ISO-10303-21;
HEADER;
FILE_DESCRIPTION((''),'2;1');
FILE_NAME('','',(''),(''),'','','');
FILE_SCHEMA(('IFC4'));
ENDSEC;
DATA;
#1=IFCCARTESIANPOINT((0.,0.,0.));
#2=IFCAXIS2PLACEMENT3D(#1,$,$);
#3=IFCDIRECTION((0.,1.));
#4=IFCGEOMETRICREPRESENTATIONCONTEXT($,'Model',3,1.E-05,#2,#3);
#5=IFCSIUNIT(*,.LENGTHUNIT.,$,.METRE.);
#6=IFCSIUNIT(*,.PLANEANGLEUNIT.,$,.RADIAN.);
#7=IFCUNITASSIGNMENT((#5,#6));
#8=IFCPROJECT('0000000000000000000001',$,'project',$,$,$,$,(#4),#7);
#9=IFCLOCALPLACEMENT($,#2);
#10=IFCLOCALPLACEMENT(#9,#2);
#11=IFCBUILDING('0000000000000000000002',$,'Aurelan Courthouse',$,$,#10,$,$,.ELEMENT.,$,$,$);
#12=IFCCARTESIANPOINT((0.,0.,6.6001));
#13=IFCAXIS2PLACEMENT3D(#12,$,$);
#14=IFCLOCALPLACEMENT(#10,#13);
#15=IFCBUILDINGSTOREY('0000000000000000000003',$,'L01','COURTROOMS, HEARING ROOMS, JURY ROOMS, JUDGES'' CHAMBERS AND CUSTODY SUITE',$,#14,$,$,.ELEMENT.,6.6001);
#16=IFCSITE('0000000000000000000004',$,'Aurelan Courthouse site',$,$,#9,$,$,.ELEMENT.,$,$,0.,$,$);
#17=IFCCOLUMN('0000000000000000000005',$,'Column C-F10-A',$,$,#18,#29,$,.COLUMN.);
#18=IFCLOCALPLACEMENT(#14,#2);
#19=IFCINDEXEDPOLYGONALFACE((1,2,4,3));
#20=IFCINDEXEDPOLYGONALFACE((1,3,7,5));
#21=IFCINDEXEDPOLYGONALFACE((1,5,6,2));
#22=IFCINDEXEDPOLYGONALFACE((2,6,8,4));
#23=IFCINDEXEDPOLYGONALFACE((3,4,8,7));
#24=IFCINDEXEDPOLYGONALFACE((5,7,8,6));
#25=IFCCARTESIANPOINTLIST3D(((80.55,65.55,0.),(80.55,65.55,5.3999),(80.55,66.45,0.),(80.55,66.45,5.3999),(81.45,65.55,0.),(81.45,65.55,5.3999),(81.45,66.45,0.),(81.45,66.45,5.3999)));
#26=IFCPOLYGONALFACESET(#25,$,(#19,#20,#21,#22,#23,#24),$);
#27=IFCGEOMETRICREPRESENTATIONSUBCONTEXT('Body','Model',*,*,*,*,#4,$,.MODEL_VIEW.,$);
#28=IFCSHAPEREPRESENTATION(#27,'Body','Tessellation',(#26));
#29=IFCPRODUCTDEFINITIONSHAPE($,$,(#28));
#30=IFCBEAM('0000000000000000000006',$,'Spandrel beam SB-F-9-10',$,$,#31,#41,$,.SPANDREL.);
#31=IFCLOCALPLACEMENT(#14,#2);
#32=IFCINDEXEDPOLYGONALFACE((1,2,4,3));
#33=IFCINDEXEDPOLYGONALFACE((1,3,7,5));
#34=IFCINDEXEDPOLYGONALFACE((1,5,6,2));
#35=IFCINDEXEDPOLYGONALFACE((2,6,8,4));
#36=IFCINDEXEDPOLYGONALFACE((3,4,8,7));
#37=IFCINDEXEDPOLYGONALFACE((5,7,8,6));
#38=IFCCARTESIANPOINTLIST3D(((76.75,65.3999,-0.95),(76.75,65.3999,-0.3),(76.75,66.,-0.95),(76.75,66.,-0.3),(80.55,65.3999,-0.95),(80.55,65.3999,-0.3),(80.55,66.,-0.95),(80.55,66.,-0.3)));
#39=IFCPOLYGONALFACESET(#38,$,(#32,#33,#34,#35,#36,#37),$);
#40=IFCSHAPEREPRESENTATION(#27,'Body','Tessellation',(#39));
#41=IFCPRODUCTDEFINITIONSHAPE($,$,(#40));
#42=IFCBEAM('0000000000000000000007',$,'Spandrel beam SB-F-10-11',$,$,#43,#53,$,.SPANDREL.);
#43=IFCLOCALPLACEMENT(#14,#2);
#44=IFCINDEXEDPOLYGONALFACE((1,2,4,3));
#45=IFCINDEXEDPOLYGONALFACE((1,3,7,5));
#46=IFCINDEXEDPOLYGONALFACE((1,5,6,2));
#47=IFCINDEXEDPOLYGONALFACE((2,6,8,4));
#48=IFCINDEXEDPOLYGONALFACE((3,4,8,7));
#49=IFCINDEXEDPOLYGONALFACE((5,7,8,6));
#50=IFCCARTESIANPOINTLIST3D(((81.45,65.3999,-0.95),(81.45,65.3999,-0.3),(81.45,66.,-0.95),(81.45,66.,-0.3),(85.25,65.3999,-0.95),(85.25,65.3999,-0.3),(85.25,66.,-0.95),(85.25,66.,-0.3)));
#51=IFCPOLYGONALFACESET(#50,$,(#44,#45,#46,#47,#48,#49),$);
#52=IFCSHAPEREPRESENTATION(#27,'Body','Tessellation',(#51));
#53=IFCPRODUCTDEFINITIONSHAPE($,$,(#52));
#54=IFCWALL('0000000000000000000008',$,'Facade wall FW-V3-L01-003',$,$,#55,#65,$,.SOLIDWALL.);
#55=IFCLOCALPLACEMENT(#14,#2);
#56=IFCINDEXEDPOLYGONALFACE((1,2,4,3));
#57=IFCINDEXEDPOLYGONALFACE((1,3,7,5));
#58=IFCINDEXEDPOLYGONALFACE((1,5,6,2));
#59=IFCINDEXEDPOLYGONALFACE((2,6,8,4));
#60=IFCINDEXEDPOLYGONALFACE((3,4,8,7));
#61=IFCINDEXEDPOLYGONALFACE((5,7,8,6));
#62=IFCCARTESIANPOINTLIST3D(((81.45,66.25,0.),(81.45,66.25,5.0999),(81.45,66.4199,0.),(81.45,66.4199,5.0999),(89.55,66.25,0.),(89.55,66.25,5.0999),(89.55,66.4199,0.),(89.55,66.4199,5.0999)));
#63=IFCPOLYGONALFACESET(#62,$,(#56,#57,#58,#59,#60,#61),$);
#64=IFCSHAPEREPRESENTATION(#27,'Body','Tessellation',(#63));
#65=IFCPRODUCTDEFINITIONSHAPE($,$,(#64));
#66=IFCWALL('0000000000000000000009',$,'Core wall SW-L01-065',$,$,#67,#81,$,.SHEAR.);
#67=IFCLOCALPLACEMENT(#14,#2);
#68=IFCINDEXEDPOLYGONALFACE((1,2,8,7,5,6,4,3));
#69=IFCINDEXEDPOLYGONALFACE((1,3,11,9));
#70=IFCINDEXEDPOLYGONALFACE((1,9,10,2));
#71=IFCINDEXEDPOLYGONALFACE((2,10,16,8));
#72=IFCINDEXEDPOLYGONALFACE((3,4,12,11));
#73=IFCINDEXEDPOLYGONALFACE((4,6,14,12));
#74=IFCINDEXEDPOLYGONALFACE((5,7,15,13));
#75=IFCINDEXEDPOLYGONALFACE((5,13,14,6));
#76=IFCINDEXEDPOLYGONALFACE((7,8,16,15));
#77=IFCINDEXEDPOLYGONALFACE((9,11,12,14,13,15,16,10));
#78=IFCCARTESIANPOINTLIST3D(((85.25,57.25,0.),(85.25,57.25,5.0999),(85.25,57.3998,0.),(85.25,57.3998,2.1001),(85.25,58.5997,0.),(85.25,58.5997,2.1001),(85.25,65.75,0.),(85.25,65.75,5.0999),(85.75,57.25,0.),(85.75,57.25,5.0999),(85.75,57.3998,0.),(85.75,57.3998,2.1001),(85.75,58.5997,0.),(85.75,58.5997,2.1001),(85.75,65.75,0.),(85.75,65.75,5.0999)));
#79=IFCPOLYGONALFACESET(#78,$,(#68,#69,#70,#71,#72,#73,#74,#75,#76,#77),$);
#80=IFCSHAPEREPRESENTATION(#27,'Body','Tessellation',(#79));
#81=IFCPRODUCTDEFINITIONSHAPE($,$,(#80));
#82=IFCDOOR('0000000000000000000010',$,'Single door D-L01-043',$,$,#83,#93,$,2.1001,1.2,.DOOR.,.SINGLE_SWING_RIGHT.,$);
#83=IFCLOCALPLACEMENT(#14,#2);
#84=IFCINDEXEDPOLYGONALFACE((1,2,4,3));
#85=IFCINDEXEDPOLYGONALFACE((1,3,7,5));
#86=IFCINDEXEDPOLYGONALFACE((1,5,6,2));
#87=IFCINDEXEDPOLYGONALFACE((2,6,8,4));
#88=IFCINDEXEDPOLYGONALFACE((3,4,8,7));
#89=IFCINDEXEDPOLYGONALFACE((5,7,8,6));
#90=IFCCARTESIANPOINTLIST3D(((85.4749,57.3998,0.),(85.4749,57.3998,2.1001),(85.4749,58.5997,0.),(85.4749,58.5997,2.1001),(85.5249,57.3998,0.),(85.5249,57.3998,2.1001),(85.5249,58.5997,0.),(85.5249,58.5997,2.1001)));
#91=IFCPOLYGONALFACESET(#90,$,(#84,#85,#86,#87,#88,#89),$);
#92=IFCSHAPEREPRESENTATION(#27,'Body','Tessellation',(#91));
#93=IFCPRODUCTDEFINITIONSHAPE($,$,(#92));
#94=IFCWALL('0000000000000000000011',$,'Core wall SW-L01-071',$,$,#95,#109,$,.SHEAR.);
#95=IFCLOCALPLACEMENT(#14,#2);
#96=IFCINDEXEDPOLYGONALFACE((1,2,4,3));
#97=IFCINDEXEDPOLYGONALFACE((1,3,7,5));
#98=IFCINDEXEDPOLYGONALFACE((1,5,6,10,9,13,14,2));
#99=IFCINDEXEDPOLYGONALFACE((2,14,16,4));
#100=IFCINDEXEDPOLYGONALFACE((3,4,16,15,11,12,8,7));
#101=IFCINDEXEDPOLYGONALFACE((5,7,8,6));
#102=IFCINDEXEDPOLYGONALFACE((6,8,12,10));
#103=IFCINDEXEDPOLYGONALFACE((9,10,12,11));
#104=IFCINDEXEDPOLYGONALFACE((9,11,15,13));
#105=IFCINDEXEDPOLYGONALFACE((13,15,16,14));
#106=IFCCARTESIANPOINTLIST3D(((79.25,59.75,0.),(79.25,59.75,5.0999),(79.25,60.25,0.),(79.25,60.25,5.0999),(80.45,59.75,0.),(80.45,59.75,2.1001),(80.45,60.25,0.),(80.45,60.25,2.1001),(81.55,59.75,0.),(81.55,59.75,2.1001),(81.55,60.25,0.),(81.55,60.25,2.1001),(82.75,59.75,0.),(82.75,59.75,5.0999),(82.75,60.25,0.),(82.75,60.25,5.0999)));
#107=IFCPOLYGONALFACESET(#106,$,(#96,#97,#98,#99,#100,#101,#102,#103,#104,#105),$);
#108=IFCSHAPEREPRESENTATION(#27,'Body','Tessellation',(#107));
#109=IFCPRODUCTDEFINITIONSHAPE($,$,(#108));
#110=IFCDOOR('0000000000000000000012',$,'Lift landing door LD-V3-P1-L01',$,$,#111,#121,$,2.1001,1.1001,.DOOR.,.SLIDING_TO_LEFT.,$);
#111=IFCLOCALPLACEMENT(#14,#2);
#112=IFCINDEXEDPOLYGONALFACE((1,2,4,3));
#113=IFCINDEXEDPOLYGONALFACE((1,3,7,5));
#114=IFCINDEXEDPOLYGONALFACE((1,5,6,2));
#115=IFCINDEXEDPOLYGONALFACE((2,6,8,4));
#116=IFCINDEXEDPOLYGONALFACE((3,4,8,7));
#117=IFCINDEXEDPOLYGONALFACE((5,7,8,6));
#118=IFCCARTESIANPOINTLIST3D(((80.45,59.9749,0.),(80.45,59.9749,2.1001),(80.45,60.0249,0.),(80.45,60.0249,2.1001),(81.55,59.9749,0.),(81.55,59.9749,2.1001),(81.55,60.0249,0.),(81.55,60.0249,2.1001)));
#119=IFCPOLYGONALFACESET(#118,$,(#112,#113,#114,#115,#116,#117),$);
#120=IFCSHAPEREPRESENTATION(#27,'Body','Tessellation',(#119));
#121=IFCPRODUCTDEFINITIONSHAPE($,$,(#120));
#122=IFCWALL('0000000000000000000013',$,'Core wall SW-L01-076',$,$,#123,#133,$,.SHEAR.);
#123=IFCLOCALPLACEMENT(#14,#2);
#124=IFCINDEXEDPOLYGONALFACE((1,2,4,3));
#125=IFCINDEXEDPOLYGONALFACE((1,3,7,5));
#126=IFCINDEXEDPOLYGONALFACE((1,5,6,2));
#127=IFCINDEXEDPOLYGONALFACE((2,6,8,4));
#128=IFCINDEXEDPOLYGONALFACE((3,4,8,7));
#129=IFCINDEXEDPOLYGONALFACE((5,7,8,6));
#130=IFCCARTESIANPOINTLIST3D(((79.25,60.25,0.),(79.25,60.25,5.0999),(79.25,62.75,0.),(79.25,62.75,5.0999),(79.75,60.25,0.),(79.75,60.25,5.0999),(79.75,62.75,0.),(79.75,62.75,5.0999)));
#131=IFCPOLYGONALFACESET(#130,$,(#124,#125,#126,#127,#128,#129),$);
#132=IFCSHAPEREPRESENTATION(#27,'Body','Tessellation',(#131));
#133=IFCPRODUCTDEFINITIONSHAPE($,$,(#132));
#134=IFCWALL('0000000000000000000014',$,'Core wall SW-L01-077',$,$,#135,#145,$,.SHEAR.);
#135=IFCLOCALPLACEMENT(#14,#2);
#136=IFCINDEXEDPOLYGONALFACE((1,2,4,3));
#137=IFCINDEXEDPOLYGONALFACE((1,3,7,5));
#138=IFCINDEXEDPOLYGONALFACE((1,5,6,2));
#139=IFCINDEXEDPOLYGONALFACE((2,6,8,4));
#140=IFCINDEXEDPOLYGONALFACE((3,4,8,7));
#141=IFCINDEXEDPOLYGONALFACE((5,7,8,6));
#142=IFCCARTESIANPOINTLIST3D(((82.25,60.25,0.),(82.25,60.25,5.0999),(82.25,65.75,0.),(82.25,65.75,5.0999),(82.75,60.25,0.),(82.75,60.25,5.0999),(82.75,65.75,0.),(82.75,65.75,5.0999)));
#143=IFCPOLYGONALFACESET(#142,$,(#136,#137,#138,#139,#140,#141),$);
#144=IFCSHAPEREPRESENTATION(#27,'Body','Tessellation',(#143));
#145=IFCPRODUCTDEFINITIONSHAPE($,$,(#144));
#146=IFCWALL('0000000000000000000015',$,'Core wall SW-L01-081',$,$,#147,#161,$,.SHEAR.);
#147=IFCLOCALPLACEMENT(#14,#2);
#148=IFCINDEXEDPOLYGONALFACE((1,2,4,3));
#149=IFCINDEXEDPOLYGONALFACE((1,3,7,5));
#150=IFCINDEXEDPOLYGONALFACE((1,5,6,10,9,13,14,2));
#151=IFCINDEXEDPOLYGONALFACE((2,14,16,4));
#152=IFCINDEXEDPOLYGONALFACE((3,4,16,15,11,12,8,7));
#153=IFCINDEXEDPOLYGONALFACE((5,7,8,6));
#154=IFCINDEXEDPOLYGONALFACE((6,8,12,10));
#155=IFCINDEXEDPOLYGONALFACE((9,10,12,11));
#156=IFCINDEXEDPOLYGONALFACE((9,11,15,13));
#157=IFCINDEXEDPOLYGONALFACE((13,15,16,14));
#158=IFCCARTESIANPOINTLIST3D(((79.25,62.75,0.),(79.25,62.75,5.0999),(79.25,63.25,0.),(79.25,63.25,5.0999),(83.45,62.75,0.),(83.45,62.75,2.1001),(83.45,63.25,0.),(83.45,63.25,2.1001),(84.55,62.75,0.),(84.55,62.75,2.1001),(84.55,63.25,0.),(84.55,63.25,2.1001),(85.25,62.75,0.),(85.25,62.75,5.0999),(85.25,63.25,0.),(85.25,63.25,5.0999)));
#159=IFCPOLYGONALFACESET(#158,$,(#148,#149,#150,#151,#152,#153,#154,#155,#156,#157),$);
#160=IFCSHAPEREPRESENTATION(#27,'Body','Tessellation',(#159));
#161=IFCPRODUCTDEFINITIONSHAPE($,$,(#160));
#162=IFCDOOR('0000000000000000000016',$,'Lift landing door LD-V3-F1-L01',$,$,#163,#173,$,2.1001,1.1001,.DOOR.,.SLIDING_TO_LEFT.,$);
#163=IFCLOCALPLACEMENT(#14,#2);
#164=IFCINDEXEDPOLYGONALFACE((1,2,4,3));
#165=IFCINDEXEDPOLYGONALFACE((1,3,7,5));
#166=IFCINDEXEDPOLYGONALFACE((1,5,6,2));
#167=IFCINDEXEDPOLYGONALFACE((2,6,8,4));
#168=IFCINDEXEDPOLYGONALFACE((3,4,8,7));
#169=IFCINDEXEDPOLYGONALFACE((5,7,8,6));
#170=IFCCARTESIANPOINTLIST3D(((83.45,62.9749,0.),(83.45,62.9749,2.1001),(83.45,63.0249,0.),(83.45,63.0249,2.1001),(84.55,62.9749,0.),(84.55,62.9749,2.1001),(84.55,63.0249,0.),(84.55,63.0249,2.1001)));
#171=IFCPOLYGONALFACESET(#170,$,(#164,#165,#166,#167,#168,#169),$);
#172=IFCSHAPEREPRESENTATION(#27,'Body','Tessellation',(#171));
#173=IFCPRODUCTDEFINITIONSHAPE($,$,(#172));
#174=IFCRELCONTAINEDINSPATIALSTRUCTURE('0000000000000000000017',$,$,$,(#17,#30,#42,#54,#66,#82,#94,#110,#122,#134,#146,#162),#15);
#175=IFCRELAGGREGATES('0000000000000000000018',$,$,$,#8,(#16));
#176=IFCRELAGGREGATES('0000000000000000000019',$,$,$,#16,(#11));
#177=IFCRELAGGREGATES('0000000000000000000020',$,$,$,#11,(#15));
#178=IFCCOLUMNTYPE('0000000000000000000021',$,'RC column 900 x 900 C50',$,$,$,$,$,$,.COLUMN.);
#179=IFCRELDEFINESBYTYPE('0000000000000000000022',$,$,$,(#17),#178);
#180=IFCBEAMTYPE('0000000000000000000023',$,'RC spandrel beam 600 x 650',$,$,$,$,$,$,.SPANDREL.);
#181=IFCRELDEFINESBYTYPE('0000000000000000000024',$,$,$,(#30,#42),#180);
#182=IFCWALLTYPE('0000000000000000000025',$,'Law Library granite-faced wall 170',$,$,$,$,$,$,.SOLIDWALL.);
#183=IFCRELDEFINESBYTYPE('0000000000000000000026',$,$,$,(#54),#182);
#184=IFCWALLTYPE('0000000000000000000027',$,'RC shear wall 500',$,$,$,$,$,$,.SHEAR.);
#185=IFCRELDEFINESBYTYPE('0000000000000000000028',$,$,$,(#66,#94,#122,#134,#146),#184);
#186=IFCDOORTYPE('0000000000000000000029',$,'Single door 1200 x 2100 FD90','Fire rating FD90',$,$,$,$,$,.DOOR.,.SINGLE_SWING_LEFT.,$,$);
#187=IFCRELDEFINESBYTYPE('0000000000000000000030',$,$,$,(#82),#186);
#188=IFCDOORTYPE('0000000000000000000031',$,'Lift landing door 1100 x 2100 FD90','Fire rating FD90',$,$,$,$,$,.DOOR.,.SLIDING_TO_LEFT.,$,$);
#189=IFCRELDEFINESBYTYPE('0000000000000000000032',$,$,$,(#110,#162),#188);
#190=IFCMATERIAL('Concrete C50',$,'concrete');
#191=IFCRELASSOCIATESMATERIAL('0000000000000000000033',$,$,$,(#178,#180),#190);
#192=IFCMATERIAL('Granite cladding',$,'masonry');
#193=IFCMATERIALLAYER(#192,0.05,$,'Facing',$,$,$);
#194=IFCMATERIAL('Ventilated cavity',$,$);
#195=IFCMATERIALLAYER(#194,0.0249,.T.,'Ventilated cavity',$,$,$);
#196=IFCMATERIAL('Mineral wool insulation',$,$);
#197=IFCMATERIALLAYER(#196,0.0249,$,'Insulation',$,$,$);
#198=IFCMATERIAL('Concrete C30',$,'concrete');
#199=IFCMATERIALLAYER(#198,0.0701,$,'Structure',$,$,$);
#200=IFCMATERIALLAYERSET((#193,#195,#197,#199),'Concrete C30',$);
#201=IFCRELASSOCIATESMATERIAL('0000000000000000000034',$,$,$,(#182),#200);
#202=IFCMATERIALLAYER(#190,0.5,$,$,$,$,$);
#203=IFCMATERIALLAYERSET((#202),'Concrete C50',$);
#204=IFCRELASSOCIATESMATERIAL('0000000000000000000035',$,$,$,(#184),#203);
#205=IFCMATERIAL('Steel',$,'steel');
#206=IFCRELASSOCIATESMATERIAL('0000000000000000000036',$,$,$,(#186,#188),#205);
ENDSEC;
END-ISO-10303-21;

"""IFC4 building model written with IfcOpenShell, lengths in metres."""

from ifc_helpers import new_model, si_unit, direction, frame, frame_2d, origin, origin_2d, place, context, subcontext, project, spatial, rectangle, extrude, material, layer, layer_set, material_profile, profile_set, type_object, element, fill, save


model = new_model("IFC4")

# Units and contexts
model_context = context("Model", 3, precision=1e-05, world=origin(), true_north=direction((0.0, 1.0)))
body_context = subcontext(model_context, "Body", "Model", "MODEL_VIEW")
ifc_project = project(units=[si_unit("LENGTHUNIT", "METRE"), si_unit("PLANEANGLEUNIT", "RADIAN")], contexts=[model_context])

# Site, building, storey
site_placement = place(None, origin())
site = spatial("IfcSite", under=ifc_project, at=site_placement, Name="Aurelan Courthouse site", CompositionType="ELEMENT", RefElevation=0.0)
building_placement = place(site_placement, origin())
building = spatial("IfcBuilding", under=site, at=building_placement, Name="Aurelan Courthouse", CompositionType="ELEMENT")
storey_placement = place(building_placement, frame((0.0, 0.0, 6.6001)))
storey = spatial("IfcBuildingStorey", under=building, at=storey_placement, Name="L01", Description="COURTROOMS, HEARING ROOMS, JURY ROOMS, JUDGES' CHAMBERS AND CUSTODY SUITE", CompositionType="ELEMENT", Elevation=6.6001)

# Column
ifc_material_1 = material(Name="Concrete C50", Category="concrete")
ifc_material_profile_1 = material_profile(ifc_material_1, rectangle(XDim=0.8999, YDim=0.8999, at=origin_2d()), Name="RC 900 x 900")
ifc_profile_set_1 = profile_set([ifc_material_profile_1], Name="Concrete C50")
column_type = type_object("IfcColumnType", Name="RC column 900 x 900 C50", PredefinedType="COLUMN", material=ifc_profile_set_1)
column_placement = place(storey_placement, frame((81.0, 66.0, 0.0), z_axis=(0.0, 0.0, 1.0), x_axis=(1.0, 0.0, 0.0)))
element("IfcColumn", 1, at=column_placement, inside=storey, type_object=column_type, Name="Column C-F10-A", PredefinedType="COLUMN", context=body_context, shape_type="SweptSolid", body=[
    extrude(rectangle(XDim=0.8999, YDim=0.8999, at=origin_2d()), origin(), (0.0, 0.0, 1.0), 5.3999),
])

# Beams
ifc_material_profile_2 = material_profile(ifc_material_1, rectangle(XDim=0.6001, YDim=0.6499, at=origin_2d()), Name="RC 600 x 650")
ifc_profile_set_2 = profile_set([ifc_material_profile_2], Name="Concrete C50")
beam_type = type_object("IfcBeamType", Name="RC spandrel beam 600 x 650", PredefinedType="SPANDREL", material=ifc_profile_set_2)
for number, where, z_axis, x_axis, name in (
    (2, (76.75, 65.7, -0.625), (1.0, 0.0, 0.0), (0.0, 1.0, 0.0), "Spandrel beam SB-F-9-10"),
    (3, (81.45, 65.7, -0.625), (1.0, 0.0, 0.0), (0.0, 1.0, 0.0), "Spandrel beam SB-F-10-11"),
):
    element("IfcBeam", number, at=place(storey_placement, frame(where, z_axis=z_axis, x_axis=x_axis)), inside=storey, type_object=beam_type, Name=name, PredefinedType="SPANDREL", context=body_context, shape_type="SweptSolid", body=[
        extrude(rectangle(XDim=0.6001, YDim=0.6499, at=origin_2d()), origin(), (0.0, 0.0, 1.0), 3.8),
    ])

# Wall
ifc_material_2 = material(Name="Granite cladding", Category="masonry")
ifc_layer_1 = layer(ifc_material_2, 0.05, Name="Facing")
ifc_material_3 = material(Name="Ventilated cavity")
ifc_layer_2 = layer(ifc_material_3, 0.0249, ventilated=True, Name="Ventilated cavity")
ifc_material_4 = material(Name="Mineral wool insulation")
ifc_layer_3 = layer(ifc_material_4, 0.0249, Name="Insulation")
ifc_material_5 = material(Name="Concrete C30", Category="concrete")
ifc_layer_4 = layer(ifc_material_5, 0.0701, Name="Structure")
ifc_layer_set_1 = layer_set([ifc_layer_1, ifc_layer_2, ifc_layer_3, ifc_layer_4], Name="Concrete C30")
wall_type_1 = type_object("IfcWallType", Name="Law Library granite-faced wall 170", PredefinedType="SOLIDWALL", material=ifc_layer_set_1)
wall_1_placement = place(storey_placement, frame((81.45, 66.335, 0.0), z_axis=(0.0, 0.0, 1.0), x_axis=(1.0, 0.0, 0.0)))
element("IfcWall", 4, at=wall_1_placement, inside=storey, type_object=wall_type_1, Name="Facade wall FW-V3-L01-003", PredefinedType="SOLIDWALL", context=body_context, shape_type="SweptSolid", body=[
    extrude(rectangle(XDim=8.1001, YDim=0.1699, at=frame_2d((4.05, 0.0))), origin(), (0.0, 0.0, 1.0), 5.0999),
])

# Walls, openings, doors
ifc_layer_5 = layer(ifc_material_1, 0.5)
ifc_layer_set_2 = layer_set([ifc_layer_5], Name="Concrete C50")
wall_type_2 = type_object("IfcWallType", Name="RC shear wall 500", PredefinedType="SHEAR", material=ifc_layer_set_2)
wall_2_placement = place(storey_placement, frame((85.5, 57.25, 0.0), z_axis=(0.0, 0.0, 1.0), x_axis=(0.0, 1.0, 0.0)))
wall_2 = element("IfcWall", 5, at=wall_2_placement, inside=storey, type_object=wall_type_2, Name="Core wall SW-L01-065", PredefinedType="SHEAR", context=body_context, shape_type="SweptSolid", body=[
    extrude(rectangle(XDim=8.5, YDim=0.5, at=frame_2d((4.25, 0.0))), origin(), (0.0, 0.0, 1.0), 5.0999),
])
opening_1_placement = place(wall_2_placement, frame((1.3499, 0.0, 0.0), z_axis=(0.0, 0.0, 1.0), x_axis=(-1.0, 0.0, 0.0)))
opening_1 = element("IfcOpeningElement", 6, at=opening_1_placement, cuts=wall_2, PredefinedType="OPENING", context=body_context, shape_type="SweptSolid", body=[
    extrude(rectangle(XDim=1.2, YDim=2.1001, at=frame_2d((0.6001, 1.05))), frame((0.0, 0.26, 0.0), z_axis=(0.0, -1.0, 0.0), x_axis=(1.0, 0.0, 0.0)), (0.0, 0.0, 1.0), 0.52),
])
ifc_material_6 = material(Name="Steel", Category="steel")
door_type_1 = type_object("IfcDoorType", Name="Single door 1200 x 2100 FD90", Description="Fire rating FD90", OperationType="SINGLE_SWING_LEFT", PredefinedType="DOOR", material=ifc_material_6)
door_1_placement = place(opening_1_placement, origin())
door_1 = element("IfcDoor", 7, at=door_1_placement, inside=storey, type_object=door_type_1, Name="Single door D-L01-043", OperationType="SINGLE_SWING_RIGHT", OverallHeight=2.1001, OverallWidth=1.2, PredefinedType="DOOR", context=body_context, shape_type="SweptSolid", body=[
    extrude(rectangle(XDim=1.2, YDim=2.1001, at=frame_2d((0.6001, 1.05))), frame((0.0, 0.0249, 0.0), z_axis=(0.0, -1.0, 0.0), x_axis=(1.0, 0.0, 0.0)), (0.0, 0.0, 1.0), 0.05),
])
fill(opening_1, door_1)
wall_3_placement = place(storey_placement, frame((79.25, 60.0, 0.0), z_axis=(0.0, 0.0, 1.0), x_axis=(1.0, 0.0, 0.0)))
wall_3 = element("IfcWall", 8, at=wall_3_placement, inside=storey, type_object=wall_type_2, Name="Core wall SW-L01-071", PredefinedType="SHEAR", context=body_context, shape_type="SweptSolid", body=[
    extrude(rectangle(XDim=3.5, YDim=0.5, at=frame_2d((1.75, 0.0))), origin(), (0.0, 0.0, 1.0), 5.0999),
])
opening_2_placement = place(wall_3_placement, frame((1.2, 0.0, 0.0)))
opening_2 = element("IfcOpeningElement", 9, at=opening_2_placement, cuts=wall_3, PredefinedType="OPENING", context=body_context, shape_type="SweptSolid", body=[
    extrude(rectangle(XDim=1.1001, YDim=2.1001, at=frame_2d((0.55, 1.05))), frame((0.0, 0.26, 0.0), z_axis=(0.0, -1.0, 0.0), x_axis=(1.0, 0.0, 0.0)), (0.0, 0.0, 1.0), 0.52),
])
door_type_2 = type_object("IfcDoorType", Name="Lift landing door 1100 x 2100 FD90", Description="Fire rating FD90", OperationType="SLIDING_TO_LEFT", PredefinedType="DOOR", material=ifc_material_6)
door_2_placement = place(opening_2_placement, origin())
door_2 = element("IfcDoor", 10, at=door_2_placement, inside=storey, type_object=door_type_2, Name="Lift landing door LD-V3-P1-L01", OperationType="SLIDING_TO_LEFT", OverallHeight=2.1001, OverallWidth=1.1001, PredefinedType="DOOR", context=body_context, shape_type="SweptSolid", body=[
    extrude(rectangle(XDim=1.1001, YDim=2.1001, at=frame_2d((0.55, 1.05))), frame((0.0, 0.0249, 0.0), z_axis=(0.0, -1.0, 0.0), x_axis=(1.0, 0.0, 0.0)), (0.0, 0.0, 1.0), 0.05),
])
fill(opening_2, door_2)

# Walls
wall_4_placement = place(storey_placement, frame((79.5, 60.25, 0.0), z_axis=(0.0, 0.0, 1.0), x_axis=(0.0, 1.0, 0.0)))
element("IfcWall", 11, at=wall_4_placement, inside=storey, type_object=wall_type_2, Name="Core wall SW-L01-076", PredefinedType="SHEAR", context=body_context, shape_type="SweptSolid", body=[
    extrude(rectangle(XDim=2.5, YDim=0.5, at=frame_2d((1.25, 0.0))), origin(), (0.0, 0.0, 1.0), 5.0999),
])
wall_5_placement = place(storey_placement, frame((82.5, 60.25, 0.0), z_axis=(0.0, 0.0, 1.0), x_axis=(0.0, 1.0, 0.0)))
element("IfcWall", 12, at=wall_5_placement, inside=storey, type_object=wall_type_2, Name="Core wall SW-L01-077", PredefinedType="SHEAR", context=body_context, shape_type="SweptSolid", body=[
    extrude(rectangle(XDim=5.5, YDim=0.5, at=frame_2d((2.75, 0.0))), origin(), (0.0, 0.0, 1.0), 5.0999),
])

# Wall, opening, door
wall_6_placement = place(storey_placement, frame((79.25, 63.0, 0.0), z_axis=(0.0, 0.0, 1.0), x_axis=(1.0, 0.0, 0.0)))
wall_6 = element("IfcWall", 13, at=wall_6_placement, inside=storey, type_object=wall_type_2, Name="Core wall SW-L01-081", PredefinedType="SHEAR", context=body_context, shape_type="SweptSolid", body=[
    extrude(rectangle(XDim=6.0, YDim=0.5, at=frame_2d((3.0, 0.0))), origin(), (0.0, 0.0, 1.0), 5.0999),
])
opening_3_placement = place(wall_6_placement, frame((4.2, 0.0, 0.0)))
opening_3 = element("IfcOpeningElement", 14, at=opening_3_placement, cuts=wall_6, PredefinedType="OPENING", context=body_context, shape_type="SweptSolid", body=[
    extrude(rectangle(XDim=1.1001, YDim=2.1001, at=frame_2d((0.55, 1.05))), frame((0.0, 0.26, 0.0), z_axis=(0.0, -1.0, 0.0), x_axis=(1.0, 0.0, 0.0)), (0.0, 0.0, 1.0), 0.52),
])
door_3_placement = place(opening_3_placement, origin())
door_3 = element("IfcDoor", 15, at=door_3_placement, inside=storey, type_object=door_type_2, Name="Lift landing door LD-V3-F1-L01", OperationType="SLIDING_TO_LEFT", OverallHeight=2.1001, OverallWidth=1.1001, PredefinedType="DOOR", context=body_context, shape_type="SweptSolid", body=[
    extrude(rectangle(XDim=1.1001, YDim=2.1001, at=frame_2d((0.55, 1.05))), frame((0.0, 0.0249, 0.0), z_axis=(0.0, -1.0, 0.0), x_axis=(1.0, 0.0, 0.0)), (0.0, 0.0, 1.0), 0.05),
])
fill(opening_3, door_3)

save(model, "model.ifc")
